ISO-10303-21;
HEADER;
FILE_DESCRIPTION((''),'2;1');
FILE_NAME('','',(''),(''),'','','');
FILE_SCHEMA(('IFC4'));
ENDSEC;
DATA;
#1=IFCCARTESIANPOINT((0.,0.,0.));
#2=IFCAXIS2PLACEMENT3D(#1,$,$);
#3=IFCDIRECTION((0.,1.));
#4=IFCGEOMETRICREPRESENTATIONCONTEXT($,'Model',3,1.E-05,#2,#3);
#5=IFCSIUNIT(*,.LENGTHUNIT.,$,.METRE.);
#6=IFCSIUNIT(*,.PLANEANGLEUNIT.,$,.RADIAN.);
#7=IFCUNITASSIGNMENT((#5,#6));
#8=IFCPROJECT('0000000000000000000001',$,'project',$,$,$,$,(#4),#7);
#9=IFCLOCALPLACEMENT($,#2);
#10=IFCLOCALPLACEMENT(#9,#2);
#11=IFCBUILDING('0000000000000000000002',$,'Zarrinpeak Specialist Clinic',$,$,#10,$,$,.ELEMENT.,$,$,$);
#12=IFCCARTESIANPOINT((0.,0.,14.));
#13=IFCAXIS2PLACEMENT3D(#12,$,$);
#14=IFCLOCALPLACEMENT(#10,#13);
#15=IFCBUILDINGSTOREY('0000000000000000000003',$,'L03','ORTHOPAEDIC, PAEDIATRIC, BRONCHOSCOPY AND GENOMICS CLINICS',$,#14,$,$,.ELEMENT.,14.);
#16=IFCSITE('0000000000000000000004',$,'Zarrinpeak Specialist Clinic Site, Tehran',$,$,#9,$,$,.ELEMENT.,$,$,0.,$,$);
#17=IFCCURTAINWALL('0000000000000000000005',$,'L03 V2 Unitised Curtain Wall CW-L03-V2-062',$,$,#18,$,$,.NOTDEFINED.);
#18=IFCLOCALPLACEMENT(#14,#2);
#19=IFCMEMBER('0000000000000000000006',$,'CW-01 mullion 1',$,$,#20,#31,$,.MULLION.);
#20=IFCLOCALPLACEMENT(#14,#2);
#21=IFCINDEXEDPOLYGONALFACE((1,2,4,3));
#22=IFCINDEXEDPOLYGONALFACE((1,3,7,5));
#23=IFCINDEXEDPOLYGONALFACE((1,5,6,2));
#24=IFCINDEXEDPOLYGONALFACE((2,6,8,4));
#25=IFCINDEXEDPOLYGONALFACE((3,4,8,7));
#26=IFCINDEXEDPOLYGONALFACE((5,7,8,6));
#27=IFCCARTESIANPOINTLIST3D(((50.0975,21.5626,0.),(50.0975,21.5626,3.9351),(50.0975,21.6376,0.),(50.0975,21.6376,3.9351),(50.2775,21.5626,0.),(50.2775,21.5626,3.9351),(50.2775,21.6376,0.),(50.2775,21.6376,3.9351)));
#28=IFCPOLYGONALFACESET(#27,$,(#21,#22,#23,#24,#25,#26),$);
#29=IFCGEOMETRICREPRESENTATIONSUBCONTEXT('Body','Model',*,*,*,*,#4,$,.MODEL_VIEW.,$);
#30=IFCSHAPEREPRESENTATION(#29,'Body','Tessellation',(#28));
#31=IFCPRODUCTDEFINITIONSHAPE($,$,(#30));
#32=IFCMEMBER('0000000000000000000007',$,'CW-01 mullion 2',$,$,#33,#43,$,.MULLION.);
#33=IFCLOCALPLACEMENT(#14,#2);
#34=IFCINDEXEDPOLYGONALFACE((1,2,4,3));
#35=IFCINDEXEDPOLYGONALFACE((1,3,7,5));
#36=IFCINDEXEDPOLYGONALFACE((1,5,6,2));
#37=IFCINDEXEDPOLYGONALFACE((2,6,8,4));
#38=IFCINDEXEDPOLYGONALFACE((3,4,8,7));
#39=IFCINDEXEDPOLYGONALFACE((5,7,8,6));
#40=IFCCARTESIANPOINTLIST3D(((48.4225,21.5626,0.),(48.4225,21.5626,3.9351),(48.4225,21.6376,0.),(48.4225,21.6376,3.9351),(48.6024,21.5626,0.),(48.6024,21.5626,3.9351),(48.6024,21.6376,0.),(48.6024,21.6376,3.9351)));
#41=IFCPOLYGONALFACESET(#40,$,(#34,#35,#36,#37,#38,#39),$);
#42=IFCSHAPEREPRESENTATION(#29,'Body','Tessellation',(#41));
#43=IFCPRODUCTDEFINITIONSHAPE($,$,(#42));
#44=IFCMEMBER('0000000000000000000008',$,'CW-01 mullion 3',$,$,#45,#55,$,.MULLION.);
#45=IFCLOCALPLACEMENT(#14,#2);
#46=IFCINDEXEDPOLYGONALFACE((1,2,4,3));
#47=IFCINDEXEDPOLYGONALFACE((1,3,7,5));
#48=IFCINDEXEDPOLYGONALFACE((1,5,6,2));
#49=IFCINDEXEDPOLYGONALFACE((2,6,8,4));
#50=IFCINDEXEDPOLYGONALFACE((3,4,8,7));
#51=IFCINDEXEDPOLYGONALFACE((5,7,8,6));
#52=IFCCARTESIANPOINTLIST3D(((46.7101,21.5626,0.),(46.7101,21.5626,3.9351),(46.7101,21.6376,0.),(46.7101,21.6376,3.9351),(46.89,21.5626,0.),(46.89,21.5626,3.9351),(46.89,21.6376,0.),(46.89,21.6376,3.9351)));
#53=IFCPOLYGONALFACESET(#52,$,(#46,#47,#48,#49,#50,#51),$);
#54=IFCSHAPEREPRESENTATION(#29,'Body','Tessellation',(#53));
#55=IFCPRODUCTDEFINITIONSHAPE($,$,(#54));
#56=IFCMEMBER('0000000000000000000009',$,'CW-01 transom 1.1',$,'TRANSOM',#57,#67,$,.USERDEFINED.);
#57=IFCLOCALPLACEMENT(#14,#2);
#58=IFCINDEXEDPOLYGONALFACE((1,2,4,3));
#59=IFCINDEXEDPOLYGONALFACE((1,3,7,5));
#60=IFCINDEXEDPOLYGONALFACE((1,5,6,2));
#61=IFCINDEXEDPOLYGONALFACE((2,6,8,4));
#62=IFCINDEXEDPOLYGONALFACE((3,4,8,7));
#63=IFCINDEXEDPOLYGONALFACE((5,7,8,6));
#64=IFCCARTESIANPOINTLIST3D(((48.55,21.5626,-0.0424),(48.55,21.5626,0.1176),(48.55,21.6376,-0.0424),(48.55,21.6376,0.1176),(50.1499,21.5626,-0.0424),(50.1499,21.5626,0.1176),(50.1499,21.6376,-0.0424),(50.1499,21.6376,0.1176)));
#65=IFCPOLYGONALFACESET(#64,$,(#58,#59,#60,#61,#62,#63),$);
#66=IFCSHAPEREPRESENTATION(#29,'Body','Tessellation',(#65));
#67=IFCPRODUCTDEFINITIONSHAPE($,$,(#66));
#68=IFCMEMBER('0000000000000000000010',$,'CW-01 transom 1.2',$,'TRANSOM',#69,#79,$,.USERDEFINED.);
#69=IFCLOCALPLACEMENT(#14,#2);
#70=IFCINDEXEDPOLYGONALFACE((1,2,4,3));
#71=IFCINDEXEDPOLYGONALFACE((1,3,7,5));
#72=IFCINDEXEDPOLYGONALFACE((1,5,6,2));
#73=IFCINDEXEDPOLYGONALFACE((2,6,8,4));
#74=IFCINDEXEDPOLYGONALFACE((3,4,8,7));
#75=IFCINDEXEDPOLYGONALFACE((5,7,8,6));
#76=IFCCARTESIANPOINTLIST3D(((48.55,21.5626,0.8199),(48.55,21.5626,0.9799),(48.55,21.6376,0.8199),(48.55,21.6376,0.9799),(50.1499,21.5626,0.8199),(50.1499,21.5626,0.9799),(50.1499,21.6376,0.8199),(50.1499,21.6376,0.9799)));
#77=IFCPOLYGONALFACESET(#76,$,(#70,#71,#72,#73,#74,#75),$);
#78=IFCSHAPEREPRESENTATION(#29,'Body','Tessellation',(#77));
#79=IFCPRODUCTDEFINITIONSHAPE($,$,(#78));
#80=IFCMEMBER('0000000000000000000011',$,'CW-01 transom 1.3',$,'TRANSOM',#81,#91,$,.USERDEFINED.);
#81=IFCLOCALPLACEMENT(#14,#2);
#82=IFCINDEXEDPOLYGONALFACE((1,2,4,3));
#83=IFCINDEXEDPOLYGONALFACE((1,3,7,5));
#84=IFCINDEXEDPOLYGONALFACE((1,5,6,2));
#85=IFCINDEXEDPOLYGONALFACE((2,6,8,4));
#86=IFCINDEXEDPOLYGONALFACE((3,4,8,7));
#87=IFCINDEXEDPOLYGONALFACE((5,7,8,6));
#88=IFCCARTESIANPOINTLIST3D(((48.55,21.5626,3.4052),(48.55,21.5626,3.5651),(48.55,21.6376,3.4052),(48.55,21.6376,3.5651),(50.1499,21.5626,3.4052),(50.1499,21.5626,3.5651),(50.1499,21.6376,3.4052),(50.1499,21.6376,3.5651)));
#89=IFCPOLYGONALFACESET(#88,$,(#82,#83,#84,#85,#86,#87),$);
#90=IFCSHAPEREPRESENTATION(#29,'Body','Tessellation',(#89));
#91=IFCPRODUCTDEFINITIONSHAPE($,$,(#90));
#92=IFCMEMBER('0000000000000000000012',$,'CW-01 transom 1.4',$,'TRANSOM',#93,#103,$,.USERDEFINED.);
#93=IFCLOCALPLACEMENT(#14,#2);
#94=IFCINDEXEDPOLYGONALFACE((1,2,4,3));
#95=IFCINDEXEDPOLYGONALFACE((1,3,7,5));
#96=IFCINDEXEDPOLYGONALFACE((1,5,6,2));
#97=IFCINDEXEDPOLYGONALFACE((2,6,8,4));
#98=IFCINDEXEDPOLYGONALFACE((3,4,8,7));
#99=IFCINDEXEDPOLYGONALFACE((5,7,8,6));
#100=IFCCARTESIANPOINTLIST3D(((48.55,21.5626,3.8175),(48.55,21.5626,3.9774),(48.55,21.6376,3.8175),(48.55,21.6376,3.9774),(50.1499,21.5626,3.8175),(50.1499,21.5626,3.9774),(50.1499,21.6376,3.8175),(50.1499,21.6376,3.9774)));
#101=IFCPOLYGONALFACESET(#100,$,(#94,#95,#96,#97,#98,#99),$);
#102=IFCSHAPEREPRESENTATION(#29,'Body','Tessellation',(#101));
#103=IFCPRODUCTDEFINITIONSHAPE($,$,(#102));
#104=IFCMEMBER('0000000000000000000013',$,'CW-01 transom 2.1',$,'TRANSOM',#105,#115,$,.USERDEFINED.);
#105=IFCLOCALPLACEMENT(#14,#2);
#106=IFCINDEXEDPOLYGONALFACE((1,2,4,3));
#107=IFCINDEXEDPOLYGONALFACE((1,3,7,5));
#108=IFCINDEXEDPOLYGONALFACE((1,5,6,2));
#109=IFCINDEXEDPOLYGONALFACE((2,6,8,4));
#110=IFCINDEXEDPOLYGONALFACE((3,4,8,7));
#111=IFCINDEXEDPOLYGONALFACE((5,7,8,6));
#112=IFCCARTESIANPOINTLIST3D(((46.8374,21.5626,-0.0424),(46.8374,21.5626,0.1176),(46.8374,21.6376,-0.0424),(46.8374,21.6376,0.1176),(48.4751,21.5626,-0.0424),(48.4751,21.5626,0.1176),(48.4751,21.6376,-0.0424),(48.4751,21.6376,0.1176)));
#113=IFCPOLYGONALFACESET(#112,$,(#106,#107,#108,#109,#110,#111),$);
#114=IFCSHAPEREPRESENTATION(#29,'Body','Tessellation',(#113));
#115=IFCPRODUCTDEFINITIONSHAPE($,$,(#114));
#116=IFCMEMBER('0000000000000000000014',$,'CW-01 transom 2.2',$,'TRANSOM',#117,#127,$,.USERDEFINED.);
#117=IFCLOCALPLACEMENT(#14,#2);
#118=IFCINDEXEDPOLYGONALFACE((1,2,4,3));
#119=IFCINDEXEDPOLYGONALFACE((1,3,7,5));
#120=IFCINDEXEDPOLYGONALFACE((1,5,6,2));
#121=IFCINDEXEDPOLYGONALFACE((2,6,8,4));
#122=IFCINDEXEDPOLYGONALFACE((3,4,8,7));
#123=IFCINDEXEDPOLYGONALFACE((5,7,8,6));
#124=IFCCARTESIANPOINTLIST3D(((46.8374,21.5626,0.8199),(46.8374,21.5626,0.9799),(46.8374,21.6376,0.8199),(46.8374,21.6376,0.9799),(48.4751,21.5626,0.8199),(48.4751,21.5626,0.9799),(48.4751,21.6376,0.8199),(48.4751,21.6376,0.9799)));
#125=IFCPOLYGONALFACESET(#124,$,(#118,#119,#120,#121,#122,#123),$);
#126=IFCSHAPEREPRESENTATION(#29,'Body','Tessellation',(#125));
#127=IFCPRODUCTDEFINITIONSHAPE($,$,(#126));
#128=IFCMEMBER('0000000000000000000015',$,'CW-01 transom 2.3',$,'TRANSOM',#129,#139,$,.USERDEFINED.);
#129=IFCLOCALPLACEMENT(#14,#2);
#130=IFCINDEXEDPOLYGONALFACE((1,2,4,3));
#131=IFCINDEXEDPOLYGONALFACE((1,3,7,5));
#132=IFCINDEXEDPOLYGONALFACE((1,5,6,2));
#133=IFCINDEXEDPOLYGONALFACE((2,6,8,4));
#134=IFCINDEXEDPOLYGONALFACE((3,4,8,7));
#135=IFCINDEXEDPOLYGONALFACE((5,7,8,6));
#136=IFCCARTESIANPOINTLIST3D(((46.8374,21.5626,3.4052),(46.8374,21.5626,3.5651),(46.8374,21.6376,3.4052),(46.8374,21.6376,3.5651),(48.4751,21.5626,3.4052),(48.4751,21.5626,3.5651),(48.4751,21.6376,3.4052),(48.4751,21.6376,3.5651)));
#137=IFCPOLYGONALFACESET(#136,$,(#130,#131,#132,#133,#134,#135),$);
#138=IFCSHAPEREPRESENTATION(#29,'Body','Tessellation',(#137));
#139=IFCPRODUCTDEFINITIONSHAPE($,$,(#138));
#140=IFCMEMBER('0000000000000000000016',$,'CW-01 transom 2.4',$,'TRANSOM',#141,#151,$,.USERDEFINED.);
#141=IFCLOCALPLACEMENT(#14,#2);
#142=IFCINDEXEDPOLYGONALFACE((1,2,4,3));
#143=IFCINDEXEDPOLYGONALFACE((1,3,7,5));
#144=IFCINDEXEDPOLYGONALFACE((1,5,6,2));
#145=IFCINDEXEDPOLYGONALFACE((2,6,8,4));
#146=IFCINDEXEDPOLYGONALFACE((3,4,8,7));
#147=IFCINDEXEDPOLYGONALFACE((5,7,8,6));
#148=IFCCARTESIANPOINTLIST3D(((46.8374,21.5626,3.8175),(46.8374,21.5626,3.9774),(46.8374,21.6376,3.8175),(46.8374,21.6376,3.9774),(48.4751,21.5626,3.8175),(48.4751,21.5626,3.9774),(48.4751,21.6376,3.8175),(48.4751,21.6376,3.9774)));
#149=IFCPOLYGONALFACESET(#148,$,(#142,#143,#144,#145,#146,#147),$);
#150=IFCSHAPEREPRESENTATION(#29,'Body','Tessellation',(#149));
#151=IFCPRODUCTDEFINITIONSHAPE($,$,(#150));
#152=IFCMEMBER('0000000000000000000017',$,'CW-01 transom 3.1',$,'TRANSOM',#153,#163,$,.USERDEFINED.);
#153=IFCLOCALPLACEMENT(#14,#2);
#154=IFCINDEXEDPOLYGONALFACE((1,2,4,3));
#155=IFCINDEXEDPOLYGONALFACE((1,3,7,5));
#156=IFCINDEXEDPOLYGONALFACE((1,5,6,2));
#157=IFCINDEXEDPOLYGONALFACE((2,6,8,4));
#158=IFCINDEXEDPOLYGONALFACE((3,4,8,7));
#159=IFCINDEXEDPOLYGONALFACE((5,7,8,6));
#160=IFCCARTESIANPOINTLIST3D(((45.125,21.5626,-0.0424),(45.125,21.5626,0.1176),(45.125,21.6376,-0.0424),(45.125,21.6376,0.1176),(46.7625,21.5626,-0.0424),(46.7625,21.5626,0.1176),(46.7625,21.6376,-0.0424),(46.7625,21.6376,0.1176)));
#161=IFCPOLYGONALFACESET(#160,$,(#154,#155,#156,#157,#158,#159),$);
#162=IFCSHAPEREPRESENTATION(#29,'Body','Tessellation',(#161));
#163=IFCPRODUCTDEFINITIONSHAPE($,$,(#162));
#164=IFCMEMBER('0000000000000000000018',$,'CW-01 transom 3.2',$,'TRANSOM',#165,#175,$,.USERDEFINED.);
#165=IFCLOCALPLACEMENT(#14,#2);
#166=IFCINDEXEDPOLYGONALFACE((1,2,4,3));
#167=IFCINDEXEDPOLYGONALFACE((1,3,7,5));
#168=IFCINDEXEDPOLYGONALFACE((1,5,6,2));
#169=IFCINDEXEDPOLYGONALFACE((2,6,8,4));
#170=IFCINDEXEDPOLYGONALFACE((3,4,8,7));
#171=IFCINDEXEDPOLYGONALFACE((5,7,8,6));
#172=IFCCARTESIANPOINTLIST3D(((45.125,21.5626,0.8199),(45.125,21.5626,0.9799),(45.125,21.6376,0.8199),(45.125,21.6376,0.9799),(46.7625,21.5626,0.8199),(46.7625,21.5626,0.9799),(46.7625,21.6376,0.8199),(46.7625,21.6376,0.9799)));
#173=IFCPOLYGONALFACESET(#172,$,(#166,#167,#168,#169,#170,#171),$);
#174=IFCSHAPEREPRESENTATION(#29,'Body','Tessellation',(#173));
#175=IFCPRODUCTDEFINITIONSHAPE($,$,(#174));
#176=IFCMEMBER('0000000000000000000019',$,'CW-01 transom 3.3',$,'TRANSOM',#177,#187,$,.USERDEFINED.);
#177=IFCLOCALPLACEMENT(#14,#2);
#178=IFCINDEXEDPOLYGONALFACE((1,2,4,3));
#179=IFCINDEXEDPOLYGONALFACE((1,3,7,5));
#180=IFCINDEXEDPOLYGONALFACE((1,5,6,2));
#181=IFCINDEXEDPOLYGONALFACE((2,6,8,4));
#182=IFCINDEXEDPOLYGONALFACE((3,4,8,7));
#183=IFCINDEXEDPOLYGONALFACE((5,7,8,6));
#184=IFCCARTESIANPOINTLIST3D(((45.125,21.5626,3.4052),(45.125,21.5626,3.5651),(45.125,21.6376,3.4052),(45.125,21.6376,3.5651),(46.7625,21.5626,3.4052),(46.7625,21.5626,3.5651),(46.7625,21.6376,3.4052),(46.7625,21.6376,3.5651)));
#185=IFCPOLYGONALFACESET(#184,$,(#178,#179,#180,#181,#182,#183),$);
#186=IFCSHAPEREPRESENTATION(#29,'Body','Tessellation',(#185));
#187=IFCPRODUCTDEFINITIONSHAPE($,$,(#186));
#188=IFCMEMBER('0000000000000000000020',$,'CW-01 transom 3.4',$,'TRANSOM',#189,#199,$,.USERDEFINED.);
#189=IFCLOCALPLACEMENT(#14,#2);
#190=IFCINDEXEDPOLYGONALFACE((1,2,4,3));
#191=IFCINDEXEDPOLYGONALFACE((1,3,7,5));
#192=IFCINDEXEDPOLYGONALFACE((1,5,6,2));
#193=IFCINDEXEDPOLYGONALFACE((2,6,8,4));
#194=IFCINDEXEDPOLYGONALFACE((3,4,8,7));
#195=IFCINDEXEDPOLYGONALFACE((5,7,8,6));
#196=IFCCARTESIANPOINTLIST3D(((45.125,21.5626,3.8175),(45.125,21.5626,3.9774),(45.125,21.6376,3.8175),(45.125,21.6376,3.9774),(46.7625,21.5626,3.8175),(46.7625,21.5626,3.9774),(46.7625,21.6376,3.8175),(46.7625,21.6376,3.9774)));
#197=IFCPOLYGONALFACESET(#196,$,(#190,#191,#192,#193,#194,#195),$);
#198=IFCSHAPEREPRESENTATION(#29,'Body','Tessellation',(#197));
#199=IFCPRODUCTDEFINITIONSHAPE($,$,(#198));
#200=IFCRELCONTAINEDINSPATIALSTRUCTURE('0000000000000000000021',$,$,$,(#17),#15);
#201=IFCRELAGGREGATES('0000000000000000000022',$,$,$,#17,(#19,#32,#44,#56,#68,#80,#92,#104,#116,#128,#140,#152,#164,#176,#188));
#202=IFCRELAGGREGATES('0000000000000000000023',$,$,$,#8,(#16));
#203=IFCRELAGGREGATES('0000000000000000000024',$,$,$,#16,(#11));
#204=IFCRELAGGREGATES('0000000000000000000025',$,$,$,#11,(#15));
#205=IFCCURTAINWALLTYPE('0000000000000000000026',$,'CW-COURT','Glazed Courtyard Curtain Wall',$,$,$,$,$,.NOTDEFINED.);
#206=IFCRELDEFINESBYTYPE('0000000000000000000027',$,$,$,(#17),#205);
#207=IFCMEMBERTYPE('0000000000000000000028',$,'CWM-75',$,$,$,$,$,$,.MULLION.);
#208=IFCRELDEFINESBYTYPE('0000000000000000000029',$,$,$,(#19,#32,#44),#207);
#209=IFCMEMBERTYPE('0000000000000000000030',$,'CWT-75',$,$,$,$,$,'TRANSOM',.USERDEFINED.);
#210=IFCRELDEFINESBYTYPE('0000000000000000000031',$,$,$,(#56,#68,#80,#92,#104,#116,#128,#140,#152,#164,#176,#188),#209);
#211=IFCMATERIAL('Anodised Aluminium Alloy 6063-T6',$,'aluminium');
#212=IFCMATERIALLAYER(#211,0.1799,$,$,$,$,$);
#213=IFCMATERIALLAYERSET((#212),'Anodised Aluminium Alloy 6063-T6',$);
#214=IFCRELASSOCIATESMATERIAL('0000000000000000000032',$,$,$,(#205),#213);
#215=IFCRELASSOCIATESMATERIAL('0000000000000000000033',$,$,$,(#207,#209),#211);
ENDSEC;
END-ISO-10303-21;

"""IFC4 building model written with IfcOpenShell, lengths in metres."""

from ifc_helpers import new_model, si_unit, direction, frame, origin, origin_2d, place, context, subcontext, project, spatial, rectangle, extrude, material, layer, layer_set, material_profile, profile_set, type_object, element, aggregate, save


model = new_model("IFC4")

# Units and contexts
model_context = context("Model", 3, precision=1e-05, world=origin(), true_north=direction((0.0, 1.0)))
body_context = subcontext(model_context, "Body", "Model", "MODEL_VIEW")
ifc_project = project(units=[si_unit("LENGTHUNIT", "METRE"), si_unit("PLANEANGLEUNIT", "RADIAN")], contexts=[model_context])

# Site, building, storey
site_placement = place(None, origin())
site = spatial("IfcSite", under=ifc_project, at=site_placement, Name="Zarrinpeak Specialist Clinic Site, Tehran", CompositionType="ELEMENT", RefElevation=0.0)
building_placement = place(site_placement, origin())
building = spatial("IfcBuilding", under=site, at=building_placement, Name="Zarrinpeak Specialist Clinic", CompositionType="ELEMENT")
storey_placement = place(building_placement, frame((0.0, 0.0, 14.0)))
storey = spatial("IfcBuildingStorey", under=building, at=storey_placement, Name="L03", Description="ORTHOPAEDIC, PAEDIATRIC, BRONCHOSCOPY AND GENOMICS CLINICS", CompositionType="ELEMENT", Elevation=14.0)

# Curtain wall, members
ifc_material_1 = material(Name="Anodised Aluminium Alloy 6063-T6", Category="aluminium")
ifc_layer_1 = layer(ifc_material_1, 0.1799)
ifc_layer_set_1 = layer_set([ifc_layer_1], Name="Anodised Aluminium Alloy 6063-T6")
curtain_wall_type = type_object("IfcCurtainWallType", Name="CW-COURT", Description="Glazed Courtyard Curtain Wall", PredefinedType="NOTDEFINED", material=ifc_layer_set_1)
curtain_wall_placement = place(storey_placement, origin())
curtain_wall = element("IfcCurtainWall", 1, at=curtain_wall_placement, inside=storey, type_object=curtain_wall_type, Name="L03 V2 Unitised Curtain Wall CW-L03-V2-062", PredefinedType="NOTDEFINED")
ifc_material_profile_1 = material_profile(ifc_material_1, rectangle(XDim=0.075, YDim=0.1799, at=origin_2d()), Name="ALU 75x180")
ifc_profile_set_1 = profile_set([ifc_material_profile_1], Name="Anodised Aluminium Alloy 6063-T6")
member_type_1 = type_object("IfcMemberType", Name="CWM-75", PredefinedType="MULLION", material=ifc_profile_set_1)
member_1_placement = place(storey_placement, frame((50.1875, 21.6001, 0.0), z_axis=(0.0, 0.0, 1.0), x_axis=(0.0, -1.0, 0.0)))
member_1 = element("IfcMember", 2, at=member_1_placement, type_object=member_type_1, Name="CW-01 mullion 1", PredefinedType="MULLION", context=body_context, shape_type="SweptSolid", body=[
    extrude(rectangle(XDim=0.075, YDim=0.1799, at=origin_2d()), origin(), (0.0, 0.0, 1.0), 3.9351),
])
member_2_placement = place(storey_placement, frame((48.5125, 21.6001, 0.0), z_axis=(0.0, 0.0, 1.0), x_axis=(0.0, -1.0, 0.0)))
member_2 = element("IfcMember", 3, at=member_2_placement, type_object=member_type_1, Name="CW-01 mullion 2", PredefinedType="MULLION", context=body_context, shape_type="SweptSolid", body=[
    extrude(rectangle(XDim=0.075, YDim=0.1799, at=origin_2d()), origin(), (0.0, 0.0, 1.0), 3.9351),
])
member_3_placement = place(storey_placement, frame((46.8, 21.6001, 0.0), z_axis=(0.0, 0.0, 1.0), x_axis=(0.0, -1.0, 0.0)))
member_3 = element("IfcMember", 4, at=member_3_placement, type_object=member_type_1, Name="CW-01 mullion 3", PredefinedType="MULLION", context=body_context, shape_type="SweptSolid", body=[
    extrude(rectangle(XDim=0.075, YDim=0.1799, at=origin_2d()), origin(), (0.0, 0.0, 1.0), 3.9351),
])
ifc_material_profile_2 = material_profile(ifc_material_1, rectangle(XDim=0.075, YDim=0.1599, at=origin_2d()), Name="ALU 75x160")
ifc_profile_set_2 = profile_set([ifc_material_profile_2], Name="Anodised Aluminium Alloy 6063-T6")
member_type_2 = type_object("IfcMemberType", Name="CWT-75", ElementType="TRANSOM", PredefinedType="USERDEFINED", material=ifc_profile_set_2)
member_4_placement = place(storey_placement, frame((50.1499, 21.6001, 0.0376), z_axis=(-1.0, 0.0, 0.0), x_axis=(0.0, -1.0, 0.0)))
member_4 = element("IfcMember", 5, at=member_4_placement, type_object=member_type_2, Name="CW-01 transom 1.1", ObjectType="TRANSOM", PredefinedType="USERDEFINED", context=body_context, shape_type="SweptSolid", body=[
    extrude(rectangle(XDim=0.075, YDim=0.1599, at=origin_2d()), origin(), (0.0, 0.0, 1.0), 1.5999),
])
member_5_placement = place(storey_placement, frame((50.1499, 21.6001, 0.8999), z_axis=(-1.0, 0.0, 0.0), x_axis=(0.0, -1.0, 0.0)))
member_5 = element("IfcMember", 6, at=member_5_placement, type_object=member_type_2, Name="CW-01 transom 1.2", ObjectType="TRANSOM", PredefinedType="USERDEFINED", context=body_context, shape_type="SweptSolid", body=[
    extrude(rectangle(XDim=0.075, YDim=0.1599, at=origin_2d()), origin(), (0.0, 0.0, 1.0), 1.5999),
])
member_6_placement = place(storey_placement, frame((50.1499, 21.6001, 3.4851), z_axis=(-1.0, 0.0, 0.0), x_axis=(0.0, -1.0, 0.0)))
member_6 = element("IfcMember", 7, at=member_6_placement, type_object=member_type_2, Name="CW-01 transom 1.3", ObjectType="TRANSOM", PredefinedType="USERDEFINED", context=body_context, shape_type="SweptSolid", body=[
    extrude(rectangle(XDim=0.075, YDim=0.1599, at=origin_2d()), origin(), (0.0, 0.0, 1.0), 1.5999),
])
member_7_placement = place(storey_placement, frame((50.1499, 21.6001, 3.8975), z_axis=(-1.0, 0.0, 0.0), x_axis=(0.0, -1.0, 0.0)))
member_7 = element("IfcMember", 8, at=member_7_placement, type_object=member_type_2, Name="CW-01 transom 1.4", ObjectType="TRANSOM", PredefinedType="USERDEFINED", context=body_context, shape_type="SweptSolid", body=[
    extrude(rectangle(XDim=0.075, YDim=0.1599, at=origin_2d()), origin(), (0.0, 0.0, 1.0), 1.5999),
])
member_8_placement = place(storey_placement, frame((48.4751, 21.6001, 0.0376), z_axis=(-1.0, 0.0, 0.0), x_axis=(0.0, -1.0, 0.0)))
member_8 = element("IfcMember", 9, at=member_8_placement, type_object=member_type_2, Name="CW-01 transom 2.1", ObjectType="TRANSOM", PredefinedType="USERDEFINED", context=body_context, shape_type="SweptSolid", body=[
    extrude(rectangle(XDim=0.075, YDim=0.1599, at=origin_2d()), origin(), (0.0, 0.0, 1.0), 1.6377),
])
member_9_placement = place(storey_placement, frame((48.4751, 21.6001, 0.8999), z_axis=(-1.0, 0.0, 0.0), x_axis=(0.0, -1.0, 0.0)))
member_9 = element("IfcMember", 10, at=member_9_placement, type_object=member_type_2, Name="CW-01 transom 2.2", ObjectType="TRANSOM", PredefinedType="USERDEFINED", context=body_context, shape_type="SweptSolid", body=[
    extrude(rectangle(XDim=0.075, YDim=0.1599, at=origin_2d()), origin(), (0.0, 0.0, 1.0), 1.6377),
])
member_10_placement = place(storey_placement, frame((48.4751, 21.6001, 3.4851), z_axis=(-1.0, 0.0, 0.0), x_axis=(0.0, -1.0, 0.0)))
member_10 = element("IfcMember", 11, at=member_10_placement, type_object=member_type_2, Name="CW-01 transom 2.3", ObjectType="TRANSOM", PredefinedType="USERDEFINED", context=body_context, shape_type="SweptSolid", body=[
    extrude(rectangle(XDim=0.075, YDim=0.1599, at=origin_2d()), origin(), (0.0, 0.0, 1.0), 1.6377),
])
member_11_placement = place(storey_placement, frame((48.4751, 21.6001, 3.8975), z_axis=(-1.0, 0.0, 0.0), x_axis=(0.0, -1.0, 0.0)))
member_11 = element("IfcMember", 12, at=member_11_placement, type_object=member_type_2, Name="CW-01 transom 2.4", ObjectType="TRANSOM", PredefinedType="USERDEFINED", context=body_context, shape_type="SweptSolid", body=[
    extrude(rectangle(XDim=0.075, YDim=0.1599, at=origin_2d()), origin(), (0.0, 0.0, 1.0), 1.6377),
])
member_12_placement = place(storey_placement, frame((46.7625, 21.6001, 0.0376), z_axis=(-1.0, 0.0, 0.0), x_axis=(0.0, -1.0, 0.0)))
member_12 = element("IfcMember", 13, at=member_12_placement, type_object=member_type_2, Name="CW-01 transom 3.1", ObjectType="TRANSOM", PredefinedType="USERDEFINED", context=body_context, shape_type="SweptSolid", body=[
    extrude(rectangle(XDim=0.075, YDim=0.1599, at=origin_2d()), origin(), (0.0, 0.0, 1.0), 1.6375),
])
member_13_placement = place(storey_placement, frame((46.7625, 21.6001, 0.8999), z_axis=(-1.0, 0.0, 0.0), x_axis=(0.0, -1.0, 0.0)))
member_13 = element("IfcMember", 14, at=member_13_placement, type_object=member_type_2, Name="CW-01 transom 3.2", ObjectType="TRANSOM", PredefinedType="USERDEFINED", context=body_context, shape_type="SweptSolid", body=[
    extrude(rectangle(XDim=0.075, YDim=0.1599, at=origin_2d()), origin(), (0.0, 0.0, 1.0), 1.6375),
])
member_14_placement = place(storey_placement, frame((46.7625, 21.6001, 3.4851), z_axis=(-1.0, 0.0, 0.0), x_axis=(0.0, -1.0, 0.0)))
member_14 = element("IfcMember", 15, at=member_14_placement, type_object=member_type_2, Name="CW-01 transom 3.3", ObjectType="TRANSOM", PredefinedType="USERDEFINED", context=body_context, shape_type="SweptSolid", body=[
    extrude(rectangle(XDim=0.075, YDim=0.1599, at=origin_2d()), origin(), (0.0, 0.0, 1.0), 1.6375),
])
member_15_placement = place(storey_placement, frame((46.7625, 21.6001, 3.8975), z_axis=(-1.0, 0.0, 0.0), x_axis=(0.0, -1.0, 0.0)))
member_15 = element("IfcMember", 16, at=member_15_placement, type_object=member_type_2, Name="CW-01 transom 3.4", ObjectType="TRANSOM", PredefinedType="USERDEFINED", context=body_context, shape_type="SweptSolid", body=[
    extrude(rectangle(XDim=0.075, YDim=0.1599, at=origin_2d()), origin(), (0.0, 0.0, 1.0), 1.6375),
])
aggregate(curtain_wall, [member_1, member_2, member_3, member_4, member_5, member_6, member_7, member_8, member_9, member_10, member_11, member_12, member_13, member_14, member_15])

save(model, "model.ifc")
